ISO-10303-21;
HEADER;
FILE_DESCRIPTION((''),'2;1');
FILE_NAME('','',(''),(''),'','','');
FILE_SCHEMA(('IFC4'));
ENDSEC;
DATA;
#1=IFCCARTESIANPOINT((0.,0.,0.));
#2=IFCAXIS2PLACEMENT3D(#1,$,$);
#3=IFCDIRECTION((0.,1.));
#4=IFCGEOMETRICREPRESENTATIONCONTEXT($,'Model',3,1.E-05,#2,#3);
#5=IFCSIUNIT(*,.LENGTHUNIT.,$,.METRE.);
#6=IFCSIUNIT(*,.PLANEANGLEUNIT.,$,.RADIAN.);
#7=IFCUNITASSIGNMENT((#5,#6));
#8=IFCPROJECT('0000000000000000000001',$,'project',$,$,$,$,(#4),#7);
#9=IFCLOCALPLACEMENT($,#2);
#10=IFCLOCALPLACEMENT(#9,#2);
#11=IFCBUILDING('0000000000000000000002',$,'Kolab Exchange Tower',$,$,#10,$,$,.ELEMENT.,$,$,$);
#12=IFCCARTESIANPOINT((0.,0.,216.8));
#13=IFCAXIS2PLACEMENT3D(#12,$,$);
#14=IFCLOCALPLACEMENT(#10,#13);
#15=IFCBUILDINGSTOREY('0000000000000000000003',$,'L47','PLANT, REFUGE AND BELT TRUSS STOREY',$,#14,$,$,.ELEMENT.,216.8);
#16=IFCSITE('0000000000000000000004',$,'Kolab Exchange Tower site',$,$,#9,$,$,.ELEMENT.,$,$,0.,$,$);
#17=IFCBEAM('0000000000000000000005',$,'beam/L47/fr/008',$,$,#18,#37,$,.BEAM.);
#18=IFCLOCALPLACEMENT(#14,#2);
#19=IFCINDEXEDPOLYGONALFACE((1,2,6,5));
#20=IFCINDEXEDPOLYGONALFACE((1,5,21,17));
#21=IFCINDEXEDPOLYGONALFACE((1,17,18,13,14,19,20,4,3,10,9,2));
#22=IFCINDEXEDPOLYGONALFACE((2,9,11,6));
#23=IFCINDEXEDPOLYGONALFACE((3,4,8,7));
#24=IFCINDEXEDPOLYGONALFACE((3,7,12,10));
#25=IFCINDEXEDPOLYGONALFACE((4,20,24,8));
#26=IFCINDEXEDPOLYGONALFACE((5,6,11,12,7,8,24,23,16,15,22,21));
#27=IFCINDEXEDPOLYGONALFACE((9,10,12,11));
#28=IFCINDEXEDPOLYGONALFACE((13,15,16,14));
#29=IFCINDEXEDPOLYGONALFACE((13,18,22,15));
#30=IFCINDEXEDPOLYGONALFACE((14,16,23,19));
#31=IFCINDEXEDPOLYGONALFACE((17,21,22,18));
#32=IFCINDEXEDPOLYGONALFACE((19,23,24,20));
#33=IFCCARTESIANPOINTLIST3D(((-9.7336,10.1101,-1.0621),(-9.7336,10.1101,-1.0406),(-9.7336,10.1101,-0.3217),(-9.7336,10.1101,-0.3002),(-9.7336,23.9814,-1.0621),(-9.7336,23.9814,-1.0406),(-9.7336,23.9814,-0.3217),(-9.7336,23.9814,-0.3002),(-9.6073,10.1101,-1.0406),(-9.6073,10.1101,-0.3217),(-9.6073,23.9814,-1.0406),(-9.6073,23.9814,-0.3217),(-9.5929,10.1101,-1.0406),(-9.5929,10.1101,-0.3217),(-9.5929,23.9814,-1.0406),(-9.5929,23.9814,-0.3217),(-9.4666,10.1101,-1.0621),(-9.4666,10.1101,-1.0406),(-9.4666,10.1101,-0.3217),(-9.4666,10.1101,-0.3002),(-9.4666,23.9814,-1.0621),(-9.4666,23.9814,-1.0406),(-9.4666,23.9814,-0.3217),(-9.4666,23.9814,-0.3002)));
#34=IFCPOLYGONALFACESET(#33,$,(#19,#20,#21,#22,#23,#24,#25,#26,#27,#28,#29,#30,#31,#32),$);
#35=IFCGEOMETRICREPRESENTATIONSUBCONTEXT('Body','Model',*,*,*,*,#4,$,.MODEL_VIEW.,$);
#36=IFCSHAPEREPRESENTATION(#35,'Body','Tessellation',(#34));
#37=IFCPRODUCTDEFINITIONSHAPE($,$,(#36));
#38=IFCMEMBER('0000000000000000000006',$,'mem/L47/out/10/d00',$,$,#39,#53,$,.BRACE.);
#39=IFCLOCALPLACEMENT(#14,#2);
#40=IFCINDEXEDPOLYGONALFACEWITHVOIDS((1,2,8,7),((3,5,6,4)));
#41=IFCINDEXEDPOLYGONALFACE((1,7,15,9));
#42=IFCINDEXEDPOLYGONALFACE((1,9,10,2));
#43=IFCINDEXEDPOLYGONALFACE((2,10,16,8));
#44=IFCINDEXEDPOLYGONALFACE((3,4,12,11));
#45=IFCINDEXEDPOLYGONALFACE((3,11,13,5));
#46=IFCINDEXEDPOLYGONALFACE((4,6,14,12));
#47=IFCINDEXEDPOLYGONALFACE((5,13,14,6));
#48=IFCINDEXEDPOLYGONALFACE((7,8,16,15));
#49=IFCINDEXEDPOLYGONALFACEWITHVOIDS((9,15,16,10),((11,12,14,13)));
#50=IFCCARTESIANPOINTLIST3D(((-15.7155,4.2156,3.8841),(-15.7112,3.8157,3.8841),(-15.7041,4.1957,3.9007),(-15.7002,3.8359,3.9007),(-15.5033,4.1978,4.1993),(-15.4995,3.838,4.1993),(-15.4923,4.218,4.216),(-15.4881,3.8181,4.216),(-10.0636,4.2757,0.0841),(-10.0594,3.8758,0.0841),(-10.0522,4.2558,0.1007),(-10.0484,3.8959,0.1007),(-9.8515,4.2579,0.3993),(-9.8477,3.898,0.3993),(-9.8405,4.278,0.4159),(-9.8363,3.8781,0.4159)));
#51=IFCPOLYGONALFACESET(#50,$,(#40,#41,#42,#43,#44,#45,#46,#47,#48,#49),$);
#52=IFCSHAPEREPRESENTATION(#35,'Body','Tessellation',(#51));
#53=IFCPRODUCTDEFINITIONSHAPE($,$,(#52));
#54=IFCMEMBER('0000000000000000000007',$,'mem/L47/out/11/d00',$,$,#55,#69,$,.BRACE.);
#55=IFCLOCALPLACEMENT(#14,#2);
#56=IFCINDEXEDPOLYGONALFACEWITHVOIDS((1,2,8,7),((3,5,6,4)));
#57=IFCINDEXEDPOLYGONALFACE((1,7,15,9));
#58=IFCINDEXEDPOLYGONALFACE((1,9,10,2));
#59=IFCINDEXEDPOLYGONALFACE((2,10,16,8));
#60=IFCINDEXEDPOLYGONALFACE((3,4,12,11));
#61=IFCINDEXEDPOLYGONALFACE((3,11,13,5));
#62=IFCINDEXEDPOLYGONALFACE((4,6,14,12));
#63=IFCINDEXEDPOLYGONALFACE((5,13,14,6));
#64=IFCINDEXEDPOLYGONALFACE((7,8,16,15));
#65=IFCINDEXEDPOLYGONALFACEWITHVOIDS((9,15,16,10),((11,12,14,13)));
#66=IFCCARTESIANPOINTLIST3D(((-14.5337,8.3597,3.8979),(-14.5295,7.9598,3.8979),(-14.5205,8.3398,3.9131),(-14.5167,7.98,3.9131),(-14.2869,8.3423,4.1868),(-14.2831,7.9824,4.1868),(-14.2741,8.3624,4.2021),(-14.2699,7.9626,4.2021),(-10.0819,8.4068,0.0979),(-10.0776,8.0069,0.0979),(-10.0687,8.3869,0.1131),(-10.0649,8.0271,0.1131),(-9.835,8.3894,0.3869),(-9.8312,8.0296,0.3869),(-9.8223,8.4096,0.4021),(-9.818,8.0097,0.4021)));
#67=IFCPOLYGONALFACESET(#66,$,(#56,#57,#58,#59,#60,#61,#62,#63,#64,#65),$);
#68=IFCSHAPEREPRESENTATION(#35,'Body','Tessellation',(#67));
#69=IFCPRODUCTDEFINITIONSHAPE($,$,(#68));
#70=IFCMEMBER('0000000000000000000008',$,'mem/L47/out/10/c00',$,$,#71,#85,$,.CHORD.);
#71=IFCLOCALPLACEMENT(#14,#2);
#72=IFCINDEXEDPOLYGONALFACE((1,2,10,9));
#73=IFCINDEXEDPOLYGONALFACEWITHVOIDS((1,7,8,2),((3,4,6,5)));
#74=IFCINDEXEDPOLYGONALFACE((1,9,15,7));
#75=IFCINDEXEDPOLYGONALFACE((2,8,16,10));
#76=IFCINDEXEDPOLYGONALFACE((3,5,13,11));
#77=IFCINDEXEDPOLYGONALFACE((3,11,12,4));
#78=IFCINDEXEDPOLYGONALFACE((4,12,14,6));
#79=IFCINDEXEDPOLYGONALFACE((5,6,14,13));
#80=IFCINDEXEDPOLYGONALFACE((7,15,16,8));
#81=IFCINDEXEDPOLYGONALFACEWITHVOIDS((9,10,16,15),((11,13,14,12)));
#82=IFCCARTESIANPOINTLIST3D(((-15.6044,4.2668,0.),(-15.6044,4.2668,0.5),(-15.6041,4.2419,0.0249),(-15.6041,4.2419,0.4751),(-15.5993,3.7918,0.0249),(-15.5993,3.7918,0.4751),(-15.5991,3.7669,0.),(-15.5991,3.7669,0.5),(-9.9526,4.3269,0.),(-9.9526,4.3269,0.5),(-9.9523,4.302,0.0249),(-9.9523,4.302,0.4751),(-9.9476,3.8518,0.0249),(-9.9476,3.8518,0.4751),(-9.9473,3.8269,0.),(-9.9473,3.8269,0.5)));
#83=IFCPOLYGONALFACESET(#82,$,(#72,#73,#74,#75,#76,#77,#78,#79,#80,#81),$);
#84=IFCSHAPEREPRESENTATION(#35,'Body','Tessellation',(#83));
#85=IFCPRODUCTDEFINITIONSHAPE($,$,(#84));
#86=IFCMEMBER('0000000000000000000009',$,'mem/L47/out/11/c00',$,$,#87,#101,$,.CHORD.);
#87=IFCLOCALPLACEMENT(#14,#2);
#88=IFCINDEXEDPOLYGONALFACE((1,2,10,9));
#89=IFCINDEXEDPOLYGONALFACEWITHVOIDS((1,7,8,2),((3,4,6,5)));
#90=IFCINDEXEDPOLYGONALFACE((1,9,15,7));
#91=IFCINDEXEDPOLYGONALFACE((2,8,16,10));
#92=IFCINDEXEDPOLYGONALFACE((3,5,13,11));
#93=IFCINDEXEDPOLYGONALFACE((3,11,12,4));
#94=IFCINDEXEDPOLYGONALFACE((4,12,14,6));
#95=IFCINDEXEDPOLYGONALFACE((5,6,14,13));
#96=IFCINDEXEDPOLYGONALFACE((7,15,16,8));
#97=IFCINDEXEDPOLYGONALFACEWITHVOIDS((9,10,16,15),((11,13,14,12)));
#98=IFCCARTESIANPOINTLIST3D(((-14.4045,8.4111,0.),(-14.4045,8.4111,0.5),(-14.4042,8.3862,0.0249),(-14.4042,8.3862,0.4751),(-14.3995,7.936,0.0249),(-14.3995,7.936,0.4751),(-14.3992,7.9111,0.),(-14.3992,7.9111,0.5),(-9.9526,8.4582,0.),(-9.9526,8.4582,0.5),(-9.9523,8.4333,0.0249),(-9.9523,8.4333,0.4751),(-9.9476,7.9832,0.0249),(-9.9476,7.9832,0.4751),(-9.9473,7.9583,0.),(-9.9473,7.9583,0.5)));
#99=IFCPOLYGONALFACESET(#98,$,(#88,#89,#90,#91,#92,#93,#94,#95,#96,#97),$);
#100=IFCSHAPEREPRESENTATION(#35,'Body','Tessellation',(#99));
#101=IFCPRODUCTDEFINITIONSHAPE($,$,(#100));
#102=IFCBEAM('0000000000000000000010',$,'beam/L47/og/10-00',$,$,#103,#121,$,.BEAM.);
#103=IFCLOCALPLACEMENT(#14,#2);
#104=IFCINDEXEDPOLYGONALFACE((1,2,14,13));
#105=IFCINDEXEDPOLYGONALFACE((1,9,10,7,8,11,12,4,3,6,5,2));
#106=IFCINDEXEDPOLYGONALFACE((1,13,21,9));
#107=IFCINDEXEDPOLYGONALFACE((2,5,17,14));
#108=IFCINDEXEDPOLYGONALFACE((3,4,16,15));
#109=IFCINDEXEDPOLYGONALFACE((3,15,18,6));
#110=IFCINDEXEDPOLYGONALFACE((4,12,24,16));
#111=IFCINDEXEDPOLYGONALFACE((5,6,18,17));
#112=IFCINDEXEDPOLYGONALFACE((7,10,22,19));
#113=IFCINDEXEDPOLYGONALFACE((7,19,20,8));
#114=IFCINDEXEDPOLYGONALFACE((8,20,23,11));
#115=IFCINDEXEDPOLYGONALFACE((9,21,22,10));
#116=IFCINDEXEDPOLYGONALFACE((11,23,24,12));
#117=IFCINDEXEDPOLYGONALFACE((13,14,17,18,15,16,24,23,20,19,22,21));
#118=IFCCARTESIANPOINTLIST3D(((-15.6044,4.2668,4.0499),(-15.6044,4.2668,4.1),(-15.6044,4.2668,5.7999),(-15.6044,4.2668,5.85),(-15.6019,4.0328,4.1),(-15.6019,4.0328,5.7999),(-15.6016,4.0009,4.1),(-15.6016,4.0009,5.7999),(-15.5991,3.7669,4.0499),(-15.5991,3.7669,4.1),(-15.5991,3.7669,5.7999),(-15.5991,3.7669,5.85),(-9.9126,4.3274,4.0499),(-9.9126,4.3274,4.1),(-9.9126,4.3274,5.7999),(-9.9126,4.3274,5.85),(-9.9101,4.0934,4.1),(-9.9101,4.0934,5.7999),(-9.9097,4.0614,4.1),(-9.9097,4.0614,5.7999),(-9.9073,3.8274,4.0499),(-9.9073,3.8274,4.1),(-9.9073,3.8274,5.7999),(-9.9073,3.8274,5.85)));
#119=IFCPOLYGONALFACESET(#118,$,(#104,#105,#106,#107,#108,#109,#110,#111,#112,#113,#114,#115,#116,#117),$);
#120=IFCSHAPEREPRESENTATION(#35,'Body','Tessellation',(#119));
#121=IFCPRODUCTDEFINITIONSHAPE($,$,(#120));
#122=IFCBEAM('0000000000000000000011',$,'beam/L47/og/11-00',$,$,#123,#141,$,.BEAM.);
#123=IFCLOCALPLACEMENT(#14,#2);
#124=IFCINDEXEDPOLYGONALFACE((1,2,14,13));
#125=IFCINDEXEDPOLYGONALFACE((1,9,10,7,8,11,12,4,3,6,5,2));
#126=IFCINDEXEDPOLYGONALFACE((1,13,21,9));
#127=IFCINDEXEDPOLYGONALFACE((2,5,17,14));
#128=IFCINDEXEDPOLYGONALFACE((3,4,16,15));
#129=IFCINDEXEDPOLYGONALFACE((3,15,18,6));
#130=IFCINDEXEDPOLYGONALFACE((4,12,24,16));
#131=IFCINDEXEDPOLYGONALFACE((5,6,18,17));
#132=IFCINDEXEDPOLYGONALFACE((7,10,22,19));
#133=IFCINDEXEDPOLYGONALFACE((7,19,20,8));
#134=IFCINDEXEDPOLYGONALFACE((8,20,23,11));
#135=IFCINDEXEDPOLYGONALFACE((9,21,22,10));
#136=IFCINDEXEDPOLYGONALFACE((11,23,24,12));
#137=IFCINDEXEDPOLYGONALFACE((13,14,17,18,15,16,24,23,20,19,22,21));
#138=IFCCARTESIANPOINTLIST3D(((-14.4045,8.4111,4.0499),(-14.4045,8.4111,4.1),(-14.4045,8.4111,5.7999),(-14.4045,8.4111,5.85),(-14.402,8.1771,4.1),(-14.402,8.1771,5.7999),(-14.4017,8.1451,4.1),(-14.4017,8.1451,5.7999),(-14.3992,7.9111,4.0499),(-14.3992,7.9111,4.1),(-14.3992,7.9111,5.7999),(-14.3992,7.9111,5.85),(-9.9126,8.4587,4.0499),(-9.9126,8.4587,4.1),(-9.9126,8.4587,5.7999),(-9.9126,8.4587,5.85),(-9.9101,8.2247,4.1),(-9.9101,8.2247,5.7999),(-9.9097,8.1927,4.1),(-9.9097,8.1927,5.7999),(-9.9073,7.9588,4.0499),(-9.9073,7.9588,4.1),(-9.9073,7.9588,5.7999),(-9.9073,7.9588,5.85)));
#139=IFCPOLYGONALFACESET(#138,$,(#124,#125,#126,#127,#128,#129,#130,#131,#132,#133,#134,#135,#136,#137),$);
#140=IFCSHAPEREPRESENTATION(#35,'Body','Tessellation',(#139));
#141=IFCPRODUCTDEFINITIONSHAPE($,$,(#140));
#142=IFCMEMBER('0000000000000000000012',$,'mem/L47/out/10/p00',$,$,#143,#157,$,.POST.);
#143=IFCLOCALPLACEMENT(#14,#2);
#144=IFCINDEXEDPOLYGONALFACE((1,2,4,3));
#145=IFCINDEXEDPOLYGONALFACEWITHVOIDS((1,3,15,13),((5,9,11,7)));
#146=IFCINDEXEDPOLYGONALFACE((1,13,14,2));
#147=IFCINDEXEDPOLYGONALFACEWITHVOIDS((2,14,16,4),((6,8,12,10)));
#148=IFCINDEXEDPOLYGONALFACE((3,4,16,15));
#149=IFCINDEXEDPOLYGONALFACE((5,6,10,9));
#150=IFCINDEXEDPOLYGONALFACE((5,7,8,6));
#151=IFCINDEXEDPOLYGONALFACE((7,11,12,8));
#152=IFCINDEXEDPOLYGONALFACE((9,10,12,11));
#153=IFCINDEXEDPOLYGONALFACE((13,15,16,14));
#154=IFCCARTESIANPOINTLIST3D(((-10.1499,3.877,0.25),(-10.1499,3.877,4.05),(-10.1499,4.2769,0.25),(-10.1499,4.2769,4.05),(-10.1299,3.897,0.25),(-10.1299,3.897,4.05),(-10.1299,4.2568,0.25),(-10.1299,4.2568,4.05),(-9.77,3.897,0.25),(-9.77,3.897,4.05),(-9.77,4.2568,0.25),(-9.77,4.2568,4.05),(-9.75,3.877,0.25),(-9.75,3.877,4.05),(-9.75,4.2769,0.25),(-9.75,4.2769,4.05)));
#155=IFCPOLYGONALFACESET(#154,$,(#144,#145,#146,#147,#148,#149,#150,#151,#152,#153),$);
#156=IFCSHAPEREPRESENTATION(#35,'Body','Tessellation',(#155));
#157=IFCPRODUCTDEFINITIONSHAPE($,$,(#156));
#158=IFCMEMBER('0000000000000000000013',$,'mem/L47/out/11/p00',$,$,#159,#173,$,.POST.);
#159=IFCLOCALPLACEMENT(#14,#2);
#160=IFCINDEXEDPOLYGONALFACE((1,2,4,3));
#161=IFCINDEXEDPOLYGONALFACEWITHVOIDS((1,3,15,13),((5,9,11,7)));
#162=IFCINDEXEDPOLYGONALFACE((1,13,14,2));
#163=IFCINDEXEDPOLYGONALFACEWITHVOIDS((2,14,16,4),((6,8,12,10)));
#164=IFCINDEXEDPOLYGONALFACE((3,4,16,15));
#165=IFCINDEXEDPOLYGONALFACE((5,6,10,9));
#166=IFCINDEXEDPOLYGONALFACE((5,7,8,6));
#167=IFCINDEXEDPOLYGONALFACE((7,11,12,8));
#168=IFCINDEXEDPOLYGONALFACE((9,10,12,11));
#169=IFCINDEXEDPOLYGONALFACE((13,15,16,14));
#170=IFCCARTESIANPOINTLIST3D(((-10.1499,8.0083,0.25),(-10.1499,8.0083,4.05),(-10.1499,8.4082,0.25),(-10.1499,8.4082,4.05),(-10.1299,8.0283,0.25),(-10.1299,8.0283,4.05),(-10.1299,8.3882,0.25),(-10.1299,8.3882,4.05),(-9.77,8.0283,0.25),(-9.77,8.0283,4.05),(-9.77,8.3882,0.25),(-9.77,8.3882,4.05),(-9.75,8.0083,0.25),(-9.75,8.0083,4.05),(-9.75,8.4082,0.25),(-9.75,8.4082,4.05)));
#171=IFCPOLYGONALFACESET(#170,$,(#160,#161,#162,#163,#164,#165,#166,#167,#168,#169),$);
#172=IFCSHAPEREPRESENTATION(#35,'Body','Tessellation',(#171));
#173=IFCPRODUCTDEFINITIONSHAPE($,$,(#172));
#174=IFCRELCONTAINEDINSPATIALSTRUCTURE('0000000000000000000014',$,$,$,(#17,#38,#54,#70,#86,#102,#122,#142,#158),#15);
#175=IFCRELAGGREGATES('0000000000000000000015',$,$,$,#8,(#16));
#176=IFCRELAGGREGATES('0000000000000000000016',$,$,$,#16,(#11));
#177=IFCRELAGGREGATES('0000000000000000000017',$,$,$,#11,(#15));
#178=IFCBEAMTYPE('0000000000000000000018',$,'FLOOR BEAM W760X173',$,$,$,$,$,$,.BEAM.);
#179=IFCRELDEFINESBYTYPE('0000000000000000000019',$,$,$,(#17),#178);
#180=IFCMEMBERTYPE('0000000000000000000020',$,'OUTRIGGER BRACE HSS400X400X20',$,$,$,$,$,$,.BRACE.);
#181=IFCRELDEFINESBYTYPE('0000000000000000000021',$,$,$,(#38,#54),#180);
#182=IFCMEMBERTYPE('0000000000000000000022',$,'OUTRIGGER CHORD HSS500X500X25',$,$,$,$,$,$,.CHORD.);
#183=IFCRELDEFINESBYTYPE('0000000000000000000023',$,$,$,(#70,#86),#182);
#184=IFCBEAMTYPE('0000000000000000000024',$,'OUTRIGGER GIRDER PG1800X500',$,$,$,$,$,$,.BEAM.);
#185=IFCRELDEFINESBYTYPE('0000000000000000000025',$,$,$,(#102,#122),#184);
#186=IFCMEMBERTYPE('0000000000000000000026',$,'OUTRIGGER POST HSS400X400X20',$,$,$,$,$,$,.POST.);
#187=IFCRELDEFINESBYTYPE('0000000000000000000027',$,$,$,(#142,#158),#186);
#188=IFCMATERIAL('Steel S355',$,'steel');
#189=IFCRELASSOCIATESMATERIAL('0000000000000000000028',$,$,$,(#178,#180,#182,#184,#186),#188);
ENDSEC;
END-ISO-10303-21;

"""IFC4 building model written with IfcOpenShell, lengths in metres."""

from ifc_helpers import new_model, si_unit, direction, frame, origin, origin_2d, place, context, subcontext, project, spatial, hollow_rectangle, i_section, extrude, material, material_profile, profile_set, type_object, element, save


model = new_model("IFC4")

# Units and contexts
model_context = context("Model", 3, precision=1e-05, world=origin(), true_north=direction((0.0, 1.0)))
body_context = subcontext(model_context, "Body", "Model", "MODEL_VIEW")
ifc_project = project(units=[si_unit("LENGTHUNIT", "METRE"), si_unit("PLANEANGLEUNIT", "RADIAN")], contexts=[model_context])

# Site, building, storey
site_placement = place(None, origin())
site = spatial("IfcSite", under=ifc_project, at=site_placement, Name="Kolab Exchange Tower site", CompositionType="ELEMENT", RefElevation=0.0)
building_placement = place(site_placement, origin())
building = spatial("IfcBuilding", under=site, at=building_placement, Name="Kolab Exchange Tower", CompositionType="ELEMENT")
storey_placement = place(building_placement, frame((0.0, 0.0, 216.8)))
storey = spatial("IfcBuildingStorey", under=building, at=storey_placement, Name="L47", Description="PLANT, REFUGE AND BELT TRUSS STOREY", CompositionType="ELEMENT", Elevation=216.8)

# Beam
ifc_material_1 = material(Name="Steel S355", Category="steel")
ifc_material_profile_1 = material_profile(ifc_material_1, i_section(OverallWidth=0.2671, OverallDepth=0.762, WebThickness=0.0144, FlangeThickness=0.0215, at=origin_2d()), Name="W760X173")
ifc_profile_set_1 = profile_set([ifc_material_profile_1], Name="Steel S355")
beam_type_1 = type_object("IfcBeamType", Name="FLOOR BEAM W760X173", PredefinedType="BEAM", material=ifc_profile_set_1)
beam_1_placement = place(storey_placement, frame((-9.6001, 10.1101, -0.6812), z_axis=(0.0, 1.0, 0.0), x_axis=(-1.0, 0.0, 0.0)))
element("IfcBeam", 1, at=beam_1_placement, inside=storey, type_object=beam_type_1, Name="beam/L47/fr/008", PredefinedType="BEAM", context=body_context, shape_type="SweptSolid", body=[
    extrude(i_section(OverallWidth=0.2671, OverallDepth=0.762, WebThickness=0.0144, FlangeThickness=0.0215, at=origin_2d()), origin(), (0.0, 0.0, 1.0), 13.8713),
])

# Members
ifc_material_profile_2 = material_profile(ifc_material_1, hollow_rectangle(XDim=0.3999, YDim=0.3999, WallThickness=0.02, at=origin_2d()), Name="HSS400X400X20")
ifc_profile_set_2 = profile_set([ifc_material_profile_2], Name="Steel S355")
member_type_1 = type_object("IfcMemberType", Name="OUTRIGGER BRACE HSS400X400X20", PredefinedType="BRACE", material=ifc_profile_set_2)
member_1_placement = place(storey_placement, frame((-9.95, 4.0769, 0.25), z_axis=(-0.829833, -0.008818, 0.557942), x_axis=(0.010626, -0.999944, 0.0)))
element("IfcMember", 2, at=member_1_placement, inside=storey, type_object=member_type_1, Name="mem/L47/out/10/d00", PredefinedType="BRACE", context=body_context, shape_type="SweptSolid", body=[
    extrude(hollow_rectangle(XDim=0.3999, YDim=0.3999, WallThickness=0.02, at=origin_2d()), origin(), (0.0, 0.0, 1.0), 6.8108),
])
member_2_placement = place(storey_placement, frame((-9.95, 8.2083, 0.25), z_axis=(-0.76057, -0.00805, 0.649206), x_axis=(0.010583, -0.999944, 0.0)))
element("IfcMember", 3, at=member_2_placement, inside=storey, type_object=member_type_1, Name="mem/L47/out/11/d00", PredefinedType="BRACE", context=body_context, shape_type="SweptSolid", body=[
    extrude(hollow_rectangle(XDim=0.3999, YDim=0.3999, WallThickness=0.02, at=origin_2d()), origin(), (0.0, 0.0, 1.0), 5.8533),
])
ifc_material_profile_3 = material_profile(ifc_material_1, hollow_rectangle(XDim=0.5, YDim=0.5, WallThickness=0.0249, at=origin_2d()), Name="HSS500X500X25")
ifc_profile_set_3 = profile_set([ifc_material_profile_3], Name="Steel S355")
member_type_2 = type_object("IfcMemberType", Name="OUTRIGGER CHORD HSS500X500X25", PredefinedType="CHORD", material=ifc_profile_set_3)
member_3_placement = place(storey_placement, frame((-9.95, 4.0769, 0.25), z_axis=(-0.999944, -0.010626, 0.0), x_axis=(0.010626, -0.999944, 0.0)))
element("IfcMember", 4, at=member_3_placement, inside=storey, type_object=member_type_2, Name="mem/L47/out/10/c00", PredefinedType="CHORD", context=body_context, shape_type="SweptSolid", body=[
    extrude(hollow_rectangle(XDim=0.5, YDim=0.5, WallThickness=0.0249, at=origin_2d()), origin(), (0.0, 0.0, 1.0), 5.6521),
])
member_4_placement = place(storey_placement, frame((-9.95, 8.2083, 0.25), z_axis=(-0.999944, -0.010583, 0.0), x_axis=(0.010583, -0.999944, 0.0)))
element("IfcMember", 5, at=member_4_placement, inside=storey, type_object=member_type_2, Name="mem/L47/out/11/c00", PredefinedType="CHORD", context=body_context, shape_type="SweptSolid", body=[
    extrude(hollow_rectangle(XDim=0.5, YDim=0.5, WallThickness=0.0249, at=origin_2d()), origin(), (0.0, 0.0, 1.0), 4.4521),
])

# Beams
ifc_material_profile_4 = material_profile(ifc_material_1, i_section(OverallWidth=0.5, OverallDepth=1.8, WebThickness=0.032, FlangeThickness=0.05, at=origin_2d()), Name="PG1800X500")
ifc_profile_set_4 = profile_set([ifc_material_profile_4], Name="Steel S355")
beam_type_2 = type_object("IfcBeamType", Name="OUTRIGGER GIRDER PG1800X500", PredefinedType="BEAM", material=ifc_profile_set_4)
beam_2_placement = place(storey_placement, frame((-9.9099, 4.0774, 4.95), z_axis=(-0.999943, -0.010637, 0.0), x_axis=(0.010637, -0.999943, 0.0)))
element("IfcBeam", 6, at=beam_2_placement, inside=storey, type_object=beam_type_2, Name="beam/L47/og/10-00", PredefinedType="BEAM", context=body_context, shape_type="SweptSolid", body=[
    extrude(i_section(OverallWidth=0.5, OverallDepth=1.8, WebThickness=0.032, FlangeThickness=0.05, at=origin_2d()), origin(), (0.0, 0.0, 1.0), 5.6921),
])
beam_3_placement = place(storey_placement, frame((-9.9099, 8.2087, 4.95), z_axis=(-0.999944, -0.010598, 0.0), x_axis=(0.010598, -0.999944, 0.0)))
element("IfcBeam", 7, at=beam_3_placement, inside=storey, type_object=beam_type_2, Name="beam/L47/og/11-00", PredefinedType="BEAM", context=body_context, shape_type="SweptSolid", body=[
    extrude(i_section(OverallWidth=0.5, OverallDepth=1.8, WebThickness=0.032, FlangeThickness=0.05, at=origin_2d()), origin(), (0.0, 0.0, 1.0), 4.4922),
])

# Members
ifc_material_profile_5 = material_profile(ifc_material_1, hollow_rectangle(XDim=0.3999, YDim=0.3999, WallThickness=0.02, at=origin_2d()), Name="HSS400X400X20")
ifc_profile_set_5 = profile_set([ifc_material_profile_5], Name="Steel S355")
member_type_3 = type_object("IfcMemberType", Name="OUTRIGGER POST HSS400X400X20", PredefinedType="POST", material=ifc_profile_set_5)
for number, where, z_axis, x_axis, name in (
    (8, (-9.95, 4.0769, 0.25), (0.0, 0.0, 1.0), (1.0, 0.0, 0.0), "mem/L47/out/10/p00"),
    (9, (-9.95, 8.2083, 0.25), (0.0, 0.0, 1.0), (1.0, 0.0, 0.0), "mem/L47/out/11/p00"),
):
    element("IfcMember", number, at=place(storey_placement, frame(where, z_axis=z_axis, x_axis=x_axis)), inside=storey, type_object=member_type_3, Name=name, PredefinedType="POST", context=body_context, shape_type="SweptSolid", body=[
        extrude(hollow_rectangle(XDim=0.3999, YDim=0.3999, WallThickness=0.02, at=origin_2d()), origin(), (0.0, 0.0, 1.0), 3.8),
    ])

save(model, "model.ifc")
